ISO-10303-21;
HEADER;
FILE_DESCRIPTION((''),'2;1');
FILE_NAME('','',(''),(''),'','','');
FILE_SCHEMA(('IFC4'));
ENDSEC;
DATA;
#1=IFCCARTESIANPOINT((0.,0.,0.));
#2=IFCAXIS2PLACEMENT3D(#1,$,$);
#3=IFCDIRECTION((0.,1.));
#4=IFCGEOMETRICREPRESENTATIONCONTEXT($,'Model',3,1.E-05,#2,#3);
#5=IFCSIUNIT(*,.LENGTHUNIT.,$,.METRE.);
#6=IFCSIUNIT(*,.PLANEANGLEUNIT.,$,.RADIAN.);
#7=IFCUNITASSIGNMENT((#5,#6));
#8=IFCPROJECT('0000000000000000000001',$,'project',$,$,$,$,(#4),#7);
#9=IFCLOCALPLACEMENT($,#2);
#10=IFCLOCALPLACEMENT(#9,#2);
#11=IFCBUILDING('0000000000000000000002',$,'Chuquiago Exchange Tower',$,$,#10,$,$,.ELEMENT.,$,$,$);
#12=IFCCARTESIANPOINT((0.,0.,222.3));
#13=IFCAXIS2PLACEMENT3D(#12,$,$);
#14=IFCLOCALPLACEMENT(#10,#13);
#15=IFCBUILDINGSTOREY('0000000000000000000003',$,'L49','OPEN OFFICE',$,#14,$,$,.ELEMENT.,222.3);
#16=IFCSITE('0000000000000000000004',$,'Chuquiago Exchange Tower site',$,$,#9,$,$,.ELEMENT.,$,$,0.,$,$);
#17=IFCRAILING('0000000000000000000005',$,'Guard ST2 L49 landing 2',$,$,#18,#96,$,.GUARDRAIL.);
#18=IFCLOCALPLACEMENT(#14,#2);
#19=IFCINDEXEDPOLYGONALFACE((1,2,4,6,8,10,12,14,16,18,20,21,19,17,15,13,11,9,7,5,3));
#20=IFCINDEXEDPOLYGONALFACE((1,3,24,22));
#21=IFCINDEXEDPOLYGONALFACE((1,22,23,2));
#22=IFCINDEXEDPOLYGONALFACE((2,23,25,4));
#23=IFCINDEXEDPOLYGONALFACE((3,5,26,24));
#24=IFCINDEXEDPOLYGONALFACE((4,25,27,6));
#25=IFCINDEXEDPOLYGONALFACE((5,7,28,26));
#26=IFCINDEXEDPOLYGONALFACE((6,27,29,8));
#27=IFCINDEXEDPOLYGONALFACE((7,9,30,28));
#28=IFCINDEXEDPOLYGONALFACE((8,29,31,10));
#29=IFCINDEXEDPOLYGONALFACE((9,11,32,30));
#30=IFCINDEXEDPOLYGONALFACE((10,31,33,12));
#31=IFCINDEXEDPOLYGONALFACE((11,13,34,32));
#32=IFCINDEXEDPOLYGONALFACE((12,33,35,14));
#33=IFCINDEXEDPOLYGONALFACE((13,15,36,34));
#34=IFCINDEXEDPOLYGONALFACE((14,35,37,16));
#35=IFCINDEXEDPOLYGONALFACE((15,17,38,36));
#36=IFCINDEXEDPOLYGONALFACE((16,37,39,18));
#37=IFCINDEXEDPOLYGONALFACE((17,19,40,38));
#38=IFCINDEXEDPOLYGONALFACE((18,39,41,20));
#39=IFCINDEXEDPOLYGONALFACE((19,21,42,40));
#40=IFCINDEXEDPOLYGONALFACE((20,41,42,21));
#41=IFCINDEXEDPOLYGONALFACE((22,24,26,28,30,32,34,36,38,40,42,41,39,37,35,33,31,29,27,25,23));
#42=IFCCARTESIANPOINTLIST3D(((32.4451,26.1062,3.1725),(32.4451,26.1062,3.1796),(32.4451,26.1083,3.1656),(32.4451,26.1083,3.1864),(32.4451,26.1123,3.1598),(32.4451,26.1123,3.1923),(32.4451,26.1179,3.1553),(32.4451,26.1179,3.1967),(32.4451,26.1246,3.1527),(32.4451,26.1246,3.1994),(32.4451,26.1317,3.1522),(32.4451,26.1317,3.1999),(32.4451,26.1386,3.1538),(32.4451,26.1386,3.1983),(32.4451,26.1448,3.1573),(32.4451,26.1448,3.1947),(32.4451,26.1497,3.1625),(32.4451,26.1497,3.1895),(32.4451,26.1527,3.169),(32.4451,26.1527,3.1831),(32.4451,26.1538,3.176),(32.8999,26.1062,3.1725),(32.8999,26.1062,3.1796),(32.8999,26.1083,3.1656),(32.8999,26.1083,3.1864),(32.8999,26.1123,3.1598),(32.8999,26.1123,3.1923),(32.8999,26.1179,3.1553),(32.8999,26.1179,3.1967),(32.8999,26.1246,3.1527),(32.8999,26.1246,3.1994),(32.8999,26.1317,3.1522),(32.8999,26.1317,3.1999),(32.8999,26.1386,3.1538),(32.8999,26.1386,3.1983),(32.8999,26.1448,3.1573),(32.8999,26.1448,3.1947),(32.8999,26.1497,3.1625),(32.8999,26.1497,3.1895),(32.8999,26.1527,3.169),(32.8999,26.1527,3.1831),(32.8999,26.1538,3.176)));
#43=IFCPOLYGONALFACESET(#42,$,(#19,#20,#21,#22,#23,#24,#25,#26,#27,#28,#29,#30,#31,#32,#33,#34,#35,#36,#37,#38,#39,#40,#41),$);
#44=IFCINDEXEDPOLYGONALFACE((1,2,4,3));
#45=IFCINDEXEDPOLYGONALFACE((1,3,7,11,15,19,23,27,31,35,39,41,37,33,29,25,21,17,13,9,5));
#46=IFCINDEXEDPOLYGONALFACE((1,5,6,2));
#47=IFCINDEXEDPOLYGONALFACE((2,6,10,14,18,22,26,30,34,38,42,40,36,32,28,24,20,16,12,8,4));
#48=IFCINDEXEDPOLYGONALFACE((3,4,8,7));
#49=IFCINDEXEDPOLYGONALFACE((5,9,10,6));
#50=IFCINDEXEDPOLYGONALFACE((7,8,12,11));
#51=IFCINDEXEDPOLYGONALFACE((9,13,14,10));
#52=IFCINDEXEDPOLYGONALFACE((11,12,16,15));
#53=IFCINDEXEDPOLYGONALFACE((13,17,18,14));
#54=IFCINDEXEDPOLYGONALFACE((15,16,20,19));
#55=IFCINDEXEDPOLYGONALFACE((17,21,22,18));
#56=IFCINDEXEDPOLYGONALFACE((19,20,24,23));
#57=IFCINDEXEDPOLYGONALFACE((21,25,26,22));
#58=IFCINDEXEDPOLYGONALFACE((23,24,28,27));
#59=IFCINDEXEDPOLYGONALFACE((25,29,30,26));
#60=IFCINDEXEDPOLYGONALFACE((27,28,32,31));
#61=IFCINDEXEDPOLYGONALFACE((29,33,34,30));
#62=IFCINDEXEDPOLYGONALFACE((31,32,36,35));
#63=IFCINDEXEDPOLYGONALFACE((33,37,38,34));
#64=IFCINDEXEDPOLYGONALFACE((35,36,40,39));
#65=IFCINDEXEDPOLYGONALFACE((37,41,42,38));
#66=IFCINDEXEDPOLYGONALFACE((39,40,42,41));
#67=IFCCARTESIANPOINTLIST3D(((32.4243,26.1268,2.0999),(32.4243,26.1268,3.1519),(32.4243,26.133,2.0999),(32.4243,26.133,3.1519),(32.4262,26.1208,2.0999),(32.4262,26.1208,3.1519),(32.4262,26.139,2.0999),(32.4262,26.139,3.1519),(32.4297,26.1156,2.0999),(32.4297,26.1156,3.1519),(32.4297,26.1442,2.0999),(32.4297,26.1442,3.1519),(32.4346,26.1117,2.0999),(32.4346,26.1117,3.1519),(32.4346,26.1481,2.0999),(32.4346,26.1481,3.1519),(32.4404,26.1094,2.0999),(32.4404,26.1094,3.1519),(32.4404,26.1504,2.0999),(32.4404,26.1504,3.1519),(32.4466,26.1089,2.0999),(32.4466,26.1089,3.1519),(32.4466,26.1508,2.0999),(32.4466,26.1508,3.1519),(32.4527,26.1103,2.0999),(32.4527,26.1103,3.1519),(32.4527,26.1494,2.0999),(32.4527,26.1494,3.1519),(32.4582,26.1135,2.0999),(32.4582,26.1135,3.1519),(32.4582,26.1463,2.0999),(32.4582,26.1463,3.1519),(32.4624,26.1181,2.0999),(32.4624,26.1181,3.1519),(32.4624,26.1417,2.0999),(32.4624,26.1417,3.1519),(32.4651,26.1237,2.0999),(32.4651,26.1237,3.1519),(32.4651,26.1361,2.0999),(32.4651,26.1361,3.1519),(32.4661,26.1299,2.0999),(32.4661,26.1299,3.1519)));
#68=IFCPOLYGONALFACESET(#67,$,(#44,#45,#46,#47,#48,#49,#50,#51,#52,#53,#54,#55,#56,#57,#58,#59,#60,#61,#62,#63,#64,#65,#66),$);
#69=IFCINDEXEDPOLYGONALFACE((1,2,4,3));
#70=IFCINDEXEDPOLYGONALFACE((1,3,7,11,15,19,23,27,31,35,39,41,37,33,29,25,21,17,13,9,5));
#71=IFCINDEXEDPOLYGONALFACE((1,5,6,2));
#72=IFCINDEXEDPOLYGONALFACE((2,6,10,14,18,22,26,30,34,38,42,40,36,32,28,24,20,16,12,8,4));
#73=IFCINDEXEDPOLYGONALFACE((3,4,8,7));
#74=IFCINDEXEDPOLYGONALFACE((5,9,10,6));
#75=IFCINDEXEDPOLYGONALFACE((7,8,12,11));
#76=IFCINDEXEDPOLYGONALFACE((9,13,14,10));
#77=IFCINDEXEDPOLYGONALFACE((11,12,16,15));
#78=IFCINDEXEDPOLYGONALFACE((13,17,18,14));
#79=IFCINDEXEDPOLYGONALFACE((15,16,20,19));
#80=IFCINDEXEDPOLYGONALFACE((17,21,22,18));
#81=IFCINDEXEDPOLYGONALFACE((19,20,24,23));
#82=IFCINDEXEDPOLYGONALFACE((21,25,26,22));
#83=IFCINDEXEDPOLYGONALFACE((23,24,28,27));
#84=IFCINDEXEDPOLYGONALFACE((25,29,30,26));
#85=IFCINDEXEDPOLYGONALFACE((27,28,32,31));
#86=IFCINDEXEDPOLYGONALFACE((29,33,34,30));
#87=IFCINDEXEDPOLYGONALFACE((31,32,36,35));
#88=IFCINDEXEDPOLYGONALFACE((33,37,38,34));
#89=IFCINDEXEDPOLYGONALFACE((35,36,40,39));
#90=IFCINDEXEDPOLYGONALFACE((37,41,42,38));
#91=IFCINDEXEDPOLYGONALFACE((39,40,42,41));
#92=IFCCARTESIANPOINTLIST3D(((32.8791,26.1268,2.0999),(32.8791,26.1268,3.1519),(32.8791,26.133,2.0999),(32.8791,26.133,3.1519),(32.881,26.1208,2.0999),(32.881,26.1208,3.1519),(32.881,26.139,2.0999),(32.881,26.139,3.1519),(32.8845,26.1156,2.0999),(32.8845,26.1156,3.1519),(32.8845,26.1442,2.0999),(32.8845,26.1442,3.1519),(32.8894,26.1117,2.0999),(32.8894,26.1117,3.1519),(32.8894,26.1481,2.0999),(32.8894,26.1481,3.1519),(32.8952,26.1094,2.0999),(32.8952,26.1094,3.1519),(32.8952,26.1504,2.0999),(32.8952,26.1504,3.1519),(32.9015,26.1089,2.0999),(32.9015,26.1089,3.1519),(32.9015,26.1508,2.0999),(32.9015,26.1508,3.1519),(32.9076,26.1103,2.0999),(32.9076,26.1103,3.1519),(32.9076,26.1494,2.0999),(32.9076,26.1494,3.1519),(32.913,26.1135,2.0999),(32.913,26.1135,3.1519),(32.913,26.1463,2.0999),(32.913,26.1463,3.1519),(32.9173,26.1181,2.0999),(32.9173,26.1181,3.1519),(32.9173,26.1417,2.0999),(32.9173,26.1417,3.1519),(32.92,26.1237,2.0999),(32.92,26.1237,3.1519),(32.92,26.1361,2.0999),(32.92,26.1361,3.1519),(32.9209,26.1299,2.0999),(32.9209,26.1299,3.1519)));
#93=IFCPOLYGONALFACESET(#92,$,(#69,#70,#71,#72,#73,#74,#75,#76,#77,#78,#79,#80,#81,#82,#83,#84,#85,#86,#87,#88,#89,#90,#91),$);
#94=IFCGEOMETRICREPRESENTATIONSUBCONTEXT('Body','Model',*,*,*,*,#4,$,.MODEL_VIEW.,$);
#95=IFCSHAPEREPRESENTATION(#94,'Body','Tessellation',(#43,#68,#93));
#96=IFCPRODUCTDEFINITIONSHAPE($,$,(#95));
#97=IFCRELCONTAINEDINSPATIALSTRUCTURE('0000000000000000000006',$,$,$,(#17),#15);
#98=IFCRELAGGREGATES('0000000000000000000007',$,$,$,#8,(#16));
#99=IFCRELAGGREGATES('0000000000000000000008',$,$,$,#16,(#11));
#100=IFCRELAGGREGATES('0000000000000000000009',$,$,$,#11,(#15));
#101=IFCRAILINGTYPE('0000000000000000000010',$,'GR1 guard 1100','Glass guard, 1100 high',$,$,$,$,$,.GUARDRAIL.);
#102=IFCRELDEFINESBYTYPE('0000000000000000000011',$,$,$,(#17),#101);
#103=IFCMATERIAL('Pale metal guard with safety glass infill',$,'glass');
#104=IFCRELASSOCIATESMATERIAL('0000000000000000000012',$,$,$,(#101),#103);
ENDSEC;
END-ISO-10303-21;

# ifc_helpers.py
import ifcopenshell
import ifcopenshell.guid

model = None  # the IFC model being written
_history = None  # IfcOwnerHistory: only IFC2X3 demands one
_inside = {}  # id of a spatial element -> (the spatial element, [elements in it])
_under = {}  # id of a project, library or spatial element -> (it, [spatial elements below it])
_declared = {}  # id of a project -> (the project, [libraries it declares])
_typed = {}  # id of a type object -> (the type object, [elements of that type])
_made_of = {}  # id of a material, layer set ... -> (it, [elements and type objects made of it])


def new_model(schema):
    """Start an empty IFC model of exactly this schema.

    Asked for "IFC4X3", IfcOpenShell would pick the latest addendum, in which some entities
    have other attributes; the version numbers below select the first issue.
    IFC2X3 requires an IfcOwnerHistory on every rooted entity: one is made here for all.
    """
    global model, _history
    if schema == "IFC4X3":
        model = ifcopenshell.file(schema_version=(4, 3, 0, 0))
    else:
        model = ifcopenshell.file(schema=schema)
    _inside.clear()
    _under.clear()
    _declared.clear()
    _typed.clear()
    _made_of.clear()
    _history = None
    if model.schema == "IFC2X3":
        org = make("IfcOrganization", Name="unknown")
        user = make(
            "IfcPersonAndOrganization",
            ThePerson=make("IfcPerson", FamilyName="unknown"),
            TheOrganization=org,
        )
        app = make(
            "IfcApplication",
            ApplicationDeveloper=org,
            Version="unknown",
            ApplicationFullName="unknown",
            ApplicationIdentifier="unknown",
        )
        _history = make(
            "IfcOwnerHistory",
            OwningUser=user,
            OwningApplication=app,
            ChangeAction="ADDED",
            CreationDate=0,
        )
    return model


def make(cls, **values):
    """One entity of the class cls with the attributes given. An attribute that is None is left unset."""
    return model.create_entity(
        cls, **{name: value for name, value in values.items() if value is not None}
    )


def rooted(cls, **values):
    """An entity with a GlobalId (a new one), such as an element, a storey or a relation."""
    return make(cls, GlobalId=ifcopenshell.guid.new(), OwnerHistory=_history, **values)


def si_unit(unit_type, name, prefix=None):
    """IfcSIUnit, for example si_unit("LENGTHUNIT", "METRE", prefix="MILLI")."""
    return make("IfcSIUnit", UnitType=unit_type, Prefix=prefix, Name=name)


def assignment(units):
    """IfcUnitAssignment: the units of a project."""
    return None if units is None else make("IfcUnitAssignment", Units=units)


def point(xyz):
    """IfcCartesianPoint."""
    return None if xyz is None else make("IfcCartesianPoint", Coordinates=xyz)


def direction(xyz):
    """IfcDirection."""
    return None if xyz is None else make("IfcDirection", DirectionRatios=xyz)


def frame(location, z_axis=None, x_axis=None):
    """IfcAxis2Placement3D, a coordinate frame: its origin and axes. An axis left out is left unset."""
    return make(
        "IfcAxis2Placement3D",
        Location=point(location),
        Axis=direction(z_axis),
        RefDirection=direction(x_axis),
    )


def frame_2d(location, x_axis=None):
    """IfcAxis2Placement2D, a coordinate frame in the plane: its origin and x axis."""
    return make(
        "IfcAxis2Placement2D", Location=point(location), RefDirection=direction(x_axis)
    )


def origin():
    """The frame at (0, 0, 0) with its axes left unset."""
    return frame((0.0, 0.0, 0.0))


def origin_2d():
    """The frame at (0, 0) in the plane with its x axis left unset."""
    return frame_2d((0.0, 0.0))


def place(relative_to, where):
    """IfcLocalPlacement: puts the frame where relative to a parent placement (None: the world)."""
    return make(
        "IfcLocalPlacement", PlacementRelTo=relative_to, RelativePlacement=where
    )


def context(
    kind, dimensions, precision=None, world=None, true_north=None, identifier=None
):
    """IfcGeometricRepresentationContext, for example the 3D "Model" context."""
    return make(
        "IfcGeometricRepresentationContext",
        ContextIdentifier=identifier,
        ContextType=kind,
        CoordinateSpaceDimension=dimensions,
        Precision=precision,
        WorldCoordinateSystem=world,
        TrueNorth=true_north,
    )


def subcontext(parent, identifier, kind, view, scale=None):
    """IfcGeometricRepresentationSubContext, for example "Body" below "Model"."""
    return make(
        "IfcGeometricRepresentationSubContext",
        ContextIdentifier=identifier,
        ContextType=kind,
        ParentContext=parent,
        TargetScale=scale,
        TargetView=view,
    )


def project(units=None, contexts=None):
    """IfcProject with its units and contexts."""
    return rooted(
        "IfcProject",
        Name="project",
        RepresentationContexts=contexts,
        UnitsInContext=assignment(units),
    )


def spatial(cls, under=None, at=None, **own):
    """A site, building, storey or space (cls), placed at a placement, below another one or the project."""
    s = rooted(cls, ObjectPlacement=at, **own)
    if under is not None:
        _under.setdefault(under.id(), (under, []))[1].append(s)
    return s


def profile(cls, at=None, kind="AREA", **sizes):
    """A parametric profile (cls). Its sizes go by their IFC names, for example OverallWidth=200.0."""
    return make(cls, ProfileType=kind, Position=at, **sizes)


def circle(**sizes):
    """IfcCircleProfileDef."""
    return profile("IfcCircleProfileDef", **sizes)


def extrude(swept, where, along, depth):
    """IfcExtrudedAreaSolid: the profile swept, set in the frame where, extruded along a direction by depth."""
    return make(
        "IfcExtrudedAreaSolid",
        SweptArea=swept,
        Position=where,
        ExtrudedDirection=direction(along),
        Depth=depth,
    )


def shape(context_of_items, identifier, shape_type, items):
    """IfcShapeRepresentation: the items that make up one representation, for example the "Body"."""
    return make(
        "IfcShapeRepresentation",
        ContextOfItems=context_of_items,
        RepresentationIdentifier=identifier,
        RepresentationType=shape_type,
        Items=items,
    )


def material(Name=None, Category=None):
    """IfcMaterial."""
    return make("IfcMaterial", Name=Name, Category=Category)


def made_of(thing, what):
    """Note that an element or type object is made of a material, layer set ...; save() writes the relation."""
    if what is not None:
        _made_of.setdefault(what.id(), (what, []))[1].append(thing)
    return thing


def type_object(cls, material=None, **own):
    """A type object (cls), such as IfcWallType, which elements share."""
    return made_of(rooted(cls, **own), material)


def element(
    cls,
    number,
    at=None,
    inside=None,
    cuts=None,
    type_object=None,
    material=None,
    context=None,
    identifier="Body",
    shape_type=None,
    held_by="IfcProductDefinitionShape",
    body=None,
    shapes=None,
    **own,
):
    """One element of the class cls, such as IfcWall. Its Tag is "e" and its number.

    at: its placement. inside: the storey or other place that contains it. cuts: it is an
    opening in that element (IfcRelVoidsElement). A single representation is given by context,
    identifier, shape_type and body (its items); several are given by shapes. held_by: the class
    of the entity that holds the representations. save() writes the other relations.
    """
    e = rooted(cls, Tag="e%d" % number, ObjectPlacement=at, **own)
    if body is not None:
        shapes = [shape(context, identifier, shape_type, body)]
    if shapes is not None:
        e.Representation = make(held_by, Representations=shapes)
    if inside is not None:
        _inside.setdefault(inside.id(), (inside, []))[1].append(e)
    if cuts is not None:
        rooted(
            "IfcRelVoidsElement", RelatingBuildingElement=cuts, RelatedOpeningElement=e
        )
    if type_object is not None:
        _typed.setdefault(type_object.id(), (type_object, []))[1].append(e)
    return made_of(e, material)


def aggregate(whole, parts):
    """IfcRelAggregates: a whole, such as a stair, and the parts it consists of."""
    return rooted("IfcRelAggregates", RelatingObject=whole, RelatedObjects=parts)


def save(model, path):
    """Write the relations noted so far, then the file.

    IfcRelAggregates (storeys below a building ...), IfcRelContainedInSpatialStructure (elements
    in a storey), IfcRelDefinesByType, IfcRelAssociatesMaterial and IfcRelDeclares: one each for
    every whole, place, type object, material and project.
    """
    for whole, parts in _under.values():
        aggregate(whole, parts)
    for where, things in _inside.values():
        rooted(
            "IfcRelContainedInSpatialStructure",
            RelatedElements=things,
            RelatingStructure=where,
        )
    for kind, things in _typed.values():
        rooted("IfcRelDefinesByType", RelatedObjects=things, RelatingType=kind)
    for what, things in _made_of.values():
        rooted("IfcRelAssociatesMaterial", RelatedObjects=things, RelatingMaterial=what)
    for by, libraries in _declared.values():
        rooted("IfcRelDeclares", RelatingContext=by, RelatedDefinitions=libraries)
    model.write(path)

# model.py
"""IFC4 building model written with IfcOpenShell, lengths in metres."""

from ifc_helpers import new_model, si_unit, direction, frame, origin, origin_2d, place, context, subcontext, project, spatial, circle, extrude, material, type_object, element, save


model = new_model("IFC4")

# Units and contexts
model_context = context("Model", 3, precision=1e-05, world=origin(), true_north=direction((0.0, 1.0)))
body_context = subcontext(model_context, "Body", "Model", "MODEL_VIEW")
ifc_project = project(units=[si_unit("LENGTHUNIT", "METRE"), si_unit("PLANEANGLEUNIT", "RADIAN")], contexts=[model_context])

# Site, building, storey
site_placement = place(None, origin())
site = spatial("IfcSite", under=ifc_project, at=site_placement, Name="Chuquiago Exchange Tower site", CompositionType="ELEMENT", RefElevation=0.0)
building_placement = place(site_placement, origin())
building = spatial("IfcBuilding", under=site, at=building_placement, Name="Chuquiago Exchange Tower", CompositionType="ELEMENT")
storey_placement = place(building_placement, frame((0.0, 0.0, 222.3)))
storey = spatial("IfcBuildingStorey", under=building, at=storey_placement, Name="L49", Description="OPEN OFFICE", CompositionType="ELEMENT", Elevation=222.3)

# Railing
ifc_material_1 = material(Name="Pale metal guard with safety glass infill", Category="glass")
railing_type_1 = type_object("IfcRailingType", Name="GR1 guard 1100", Description="Glass guard, 1100 high", PredefinedType="GUARDRAIL", material=ifc_material_1)
railing_1_placement = place(storey_placement, frame((32.4451, 26.1299, 2.0999)))
element("IfcRailing", 1, at=railing_1_placement, inside=storey, type_object=railing_type_1, Name="Guard ST2 L49 landing 2", PredefinedType="GUARDRAIL", context=body_context, shape_type="SweptSolid", body=[
    extrude(circle(Radius=0.0239, at=origin_2d()), frame((0.0, 0.0, 1.0762), z_axis=(1.0, 0.0, 0.0), x_axis=(0.0, 1.0, 0.0)), (0.0, 0.0, 1.0), 0.4548),
    extrude(circle(Radius=0.021, at=origin_2d()), origin(), (0.0, 0.0, 1.0), 1.052),
    extrude(circle(Radius=0.021, at=origin_2d()), frame((0.4548, 0.0, 0.0)), (0.0, 0.0, 1.0), 1.052),
])

save(model, "model.ifc")
